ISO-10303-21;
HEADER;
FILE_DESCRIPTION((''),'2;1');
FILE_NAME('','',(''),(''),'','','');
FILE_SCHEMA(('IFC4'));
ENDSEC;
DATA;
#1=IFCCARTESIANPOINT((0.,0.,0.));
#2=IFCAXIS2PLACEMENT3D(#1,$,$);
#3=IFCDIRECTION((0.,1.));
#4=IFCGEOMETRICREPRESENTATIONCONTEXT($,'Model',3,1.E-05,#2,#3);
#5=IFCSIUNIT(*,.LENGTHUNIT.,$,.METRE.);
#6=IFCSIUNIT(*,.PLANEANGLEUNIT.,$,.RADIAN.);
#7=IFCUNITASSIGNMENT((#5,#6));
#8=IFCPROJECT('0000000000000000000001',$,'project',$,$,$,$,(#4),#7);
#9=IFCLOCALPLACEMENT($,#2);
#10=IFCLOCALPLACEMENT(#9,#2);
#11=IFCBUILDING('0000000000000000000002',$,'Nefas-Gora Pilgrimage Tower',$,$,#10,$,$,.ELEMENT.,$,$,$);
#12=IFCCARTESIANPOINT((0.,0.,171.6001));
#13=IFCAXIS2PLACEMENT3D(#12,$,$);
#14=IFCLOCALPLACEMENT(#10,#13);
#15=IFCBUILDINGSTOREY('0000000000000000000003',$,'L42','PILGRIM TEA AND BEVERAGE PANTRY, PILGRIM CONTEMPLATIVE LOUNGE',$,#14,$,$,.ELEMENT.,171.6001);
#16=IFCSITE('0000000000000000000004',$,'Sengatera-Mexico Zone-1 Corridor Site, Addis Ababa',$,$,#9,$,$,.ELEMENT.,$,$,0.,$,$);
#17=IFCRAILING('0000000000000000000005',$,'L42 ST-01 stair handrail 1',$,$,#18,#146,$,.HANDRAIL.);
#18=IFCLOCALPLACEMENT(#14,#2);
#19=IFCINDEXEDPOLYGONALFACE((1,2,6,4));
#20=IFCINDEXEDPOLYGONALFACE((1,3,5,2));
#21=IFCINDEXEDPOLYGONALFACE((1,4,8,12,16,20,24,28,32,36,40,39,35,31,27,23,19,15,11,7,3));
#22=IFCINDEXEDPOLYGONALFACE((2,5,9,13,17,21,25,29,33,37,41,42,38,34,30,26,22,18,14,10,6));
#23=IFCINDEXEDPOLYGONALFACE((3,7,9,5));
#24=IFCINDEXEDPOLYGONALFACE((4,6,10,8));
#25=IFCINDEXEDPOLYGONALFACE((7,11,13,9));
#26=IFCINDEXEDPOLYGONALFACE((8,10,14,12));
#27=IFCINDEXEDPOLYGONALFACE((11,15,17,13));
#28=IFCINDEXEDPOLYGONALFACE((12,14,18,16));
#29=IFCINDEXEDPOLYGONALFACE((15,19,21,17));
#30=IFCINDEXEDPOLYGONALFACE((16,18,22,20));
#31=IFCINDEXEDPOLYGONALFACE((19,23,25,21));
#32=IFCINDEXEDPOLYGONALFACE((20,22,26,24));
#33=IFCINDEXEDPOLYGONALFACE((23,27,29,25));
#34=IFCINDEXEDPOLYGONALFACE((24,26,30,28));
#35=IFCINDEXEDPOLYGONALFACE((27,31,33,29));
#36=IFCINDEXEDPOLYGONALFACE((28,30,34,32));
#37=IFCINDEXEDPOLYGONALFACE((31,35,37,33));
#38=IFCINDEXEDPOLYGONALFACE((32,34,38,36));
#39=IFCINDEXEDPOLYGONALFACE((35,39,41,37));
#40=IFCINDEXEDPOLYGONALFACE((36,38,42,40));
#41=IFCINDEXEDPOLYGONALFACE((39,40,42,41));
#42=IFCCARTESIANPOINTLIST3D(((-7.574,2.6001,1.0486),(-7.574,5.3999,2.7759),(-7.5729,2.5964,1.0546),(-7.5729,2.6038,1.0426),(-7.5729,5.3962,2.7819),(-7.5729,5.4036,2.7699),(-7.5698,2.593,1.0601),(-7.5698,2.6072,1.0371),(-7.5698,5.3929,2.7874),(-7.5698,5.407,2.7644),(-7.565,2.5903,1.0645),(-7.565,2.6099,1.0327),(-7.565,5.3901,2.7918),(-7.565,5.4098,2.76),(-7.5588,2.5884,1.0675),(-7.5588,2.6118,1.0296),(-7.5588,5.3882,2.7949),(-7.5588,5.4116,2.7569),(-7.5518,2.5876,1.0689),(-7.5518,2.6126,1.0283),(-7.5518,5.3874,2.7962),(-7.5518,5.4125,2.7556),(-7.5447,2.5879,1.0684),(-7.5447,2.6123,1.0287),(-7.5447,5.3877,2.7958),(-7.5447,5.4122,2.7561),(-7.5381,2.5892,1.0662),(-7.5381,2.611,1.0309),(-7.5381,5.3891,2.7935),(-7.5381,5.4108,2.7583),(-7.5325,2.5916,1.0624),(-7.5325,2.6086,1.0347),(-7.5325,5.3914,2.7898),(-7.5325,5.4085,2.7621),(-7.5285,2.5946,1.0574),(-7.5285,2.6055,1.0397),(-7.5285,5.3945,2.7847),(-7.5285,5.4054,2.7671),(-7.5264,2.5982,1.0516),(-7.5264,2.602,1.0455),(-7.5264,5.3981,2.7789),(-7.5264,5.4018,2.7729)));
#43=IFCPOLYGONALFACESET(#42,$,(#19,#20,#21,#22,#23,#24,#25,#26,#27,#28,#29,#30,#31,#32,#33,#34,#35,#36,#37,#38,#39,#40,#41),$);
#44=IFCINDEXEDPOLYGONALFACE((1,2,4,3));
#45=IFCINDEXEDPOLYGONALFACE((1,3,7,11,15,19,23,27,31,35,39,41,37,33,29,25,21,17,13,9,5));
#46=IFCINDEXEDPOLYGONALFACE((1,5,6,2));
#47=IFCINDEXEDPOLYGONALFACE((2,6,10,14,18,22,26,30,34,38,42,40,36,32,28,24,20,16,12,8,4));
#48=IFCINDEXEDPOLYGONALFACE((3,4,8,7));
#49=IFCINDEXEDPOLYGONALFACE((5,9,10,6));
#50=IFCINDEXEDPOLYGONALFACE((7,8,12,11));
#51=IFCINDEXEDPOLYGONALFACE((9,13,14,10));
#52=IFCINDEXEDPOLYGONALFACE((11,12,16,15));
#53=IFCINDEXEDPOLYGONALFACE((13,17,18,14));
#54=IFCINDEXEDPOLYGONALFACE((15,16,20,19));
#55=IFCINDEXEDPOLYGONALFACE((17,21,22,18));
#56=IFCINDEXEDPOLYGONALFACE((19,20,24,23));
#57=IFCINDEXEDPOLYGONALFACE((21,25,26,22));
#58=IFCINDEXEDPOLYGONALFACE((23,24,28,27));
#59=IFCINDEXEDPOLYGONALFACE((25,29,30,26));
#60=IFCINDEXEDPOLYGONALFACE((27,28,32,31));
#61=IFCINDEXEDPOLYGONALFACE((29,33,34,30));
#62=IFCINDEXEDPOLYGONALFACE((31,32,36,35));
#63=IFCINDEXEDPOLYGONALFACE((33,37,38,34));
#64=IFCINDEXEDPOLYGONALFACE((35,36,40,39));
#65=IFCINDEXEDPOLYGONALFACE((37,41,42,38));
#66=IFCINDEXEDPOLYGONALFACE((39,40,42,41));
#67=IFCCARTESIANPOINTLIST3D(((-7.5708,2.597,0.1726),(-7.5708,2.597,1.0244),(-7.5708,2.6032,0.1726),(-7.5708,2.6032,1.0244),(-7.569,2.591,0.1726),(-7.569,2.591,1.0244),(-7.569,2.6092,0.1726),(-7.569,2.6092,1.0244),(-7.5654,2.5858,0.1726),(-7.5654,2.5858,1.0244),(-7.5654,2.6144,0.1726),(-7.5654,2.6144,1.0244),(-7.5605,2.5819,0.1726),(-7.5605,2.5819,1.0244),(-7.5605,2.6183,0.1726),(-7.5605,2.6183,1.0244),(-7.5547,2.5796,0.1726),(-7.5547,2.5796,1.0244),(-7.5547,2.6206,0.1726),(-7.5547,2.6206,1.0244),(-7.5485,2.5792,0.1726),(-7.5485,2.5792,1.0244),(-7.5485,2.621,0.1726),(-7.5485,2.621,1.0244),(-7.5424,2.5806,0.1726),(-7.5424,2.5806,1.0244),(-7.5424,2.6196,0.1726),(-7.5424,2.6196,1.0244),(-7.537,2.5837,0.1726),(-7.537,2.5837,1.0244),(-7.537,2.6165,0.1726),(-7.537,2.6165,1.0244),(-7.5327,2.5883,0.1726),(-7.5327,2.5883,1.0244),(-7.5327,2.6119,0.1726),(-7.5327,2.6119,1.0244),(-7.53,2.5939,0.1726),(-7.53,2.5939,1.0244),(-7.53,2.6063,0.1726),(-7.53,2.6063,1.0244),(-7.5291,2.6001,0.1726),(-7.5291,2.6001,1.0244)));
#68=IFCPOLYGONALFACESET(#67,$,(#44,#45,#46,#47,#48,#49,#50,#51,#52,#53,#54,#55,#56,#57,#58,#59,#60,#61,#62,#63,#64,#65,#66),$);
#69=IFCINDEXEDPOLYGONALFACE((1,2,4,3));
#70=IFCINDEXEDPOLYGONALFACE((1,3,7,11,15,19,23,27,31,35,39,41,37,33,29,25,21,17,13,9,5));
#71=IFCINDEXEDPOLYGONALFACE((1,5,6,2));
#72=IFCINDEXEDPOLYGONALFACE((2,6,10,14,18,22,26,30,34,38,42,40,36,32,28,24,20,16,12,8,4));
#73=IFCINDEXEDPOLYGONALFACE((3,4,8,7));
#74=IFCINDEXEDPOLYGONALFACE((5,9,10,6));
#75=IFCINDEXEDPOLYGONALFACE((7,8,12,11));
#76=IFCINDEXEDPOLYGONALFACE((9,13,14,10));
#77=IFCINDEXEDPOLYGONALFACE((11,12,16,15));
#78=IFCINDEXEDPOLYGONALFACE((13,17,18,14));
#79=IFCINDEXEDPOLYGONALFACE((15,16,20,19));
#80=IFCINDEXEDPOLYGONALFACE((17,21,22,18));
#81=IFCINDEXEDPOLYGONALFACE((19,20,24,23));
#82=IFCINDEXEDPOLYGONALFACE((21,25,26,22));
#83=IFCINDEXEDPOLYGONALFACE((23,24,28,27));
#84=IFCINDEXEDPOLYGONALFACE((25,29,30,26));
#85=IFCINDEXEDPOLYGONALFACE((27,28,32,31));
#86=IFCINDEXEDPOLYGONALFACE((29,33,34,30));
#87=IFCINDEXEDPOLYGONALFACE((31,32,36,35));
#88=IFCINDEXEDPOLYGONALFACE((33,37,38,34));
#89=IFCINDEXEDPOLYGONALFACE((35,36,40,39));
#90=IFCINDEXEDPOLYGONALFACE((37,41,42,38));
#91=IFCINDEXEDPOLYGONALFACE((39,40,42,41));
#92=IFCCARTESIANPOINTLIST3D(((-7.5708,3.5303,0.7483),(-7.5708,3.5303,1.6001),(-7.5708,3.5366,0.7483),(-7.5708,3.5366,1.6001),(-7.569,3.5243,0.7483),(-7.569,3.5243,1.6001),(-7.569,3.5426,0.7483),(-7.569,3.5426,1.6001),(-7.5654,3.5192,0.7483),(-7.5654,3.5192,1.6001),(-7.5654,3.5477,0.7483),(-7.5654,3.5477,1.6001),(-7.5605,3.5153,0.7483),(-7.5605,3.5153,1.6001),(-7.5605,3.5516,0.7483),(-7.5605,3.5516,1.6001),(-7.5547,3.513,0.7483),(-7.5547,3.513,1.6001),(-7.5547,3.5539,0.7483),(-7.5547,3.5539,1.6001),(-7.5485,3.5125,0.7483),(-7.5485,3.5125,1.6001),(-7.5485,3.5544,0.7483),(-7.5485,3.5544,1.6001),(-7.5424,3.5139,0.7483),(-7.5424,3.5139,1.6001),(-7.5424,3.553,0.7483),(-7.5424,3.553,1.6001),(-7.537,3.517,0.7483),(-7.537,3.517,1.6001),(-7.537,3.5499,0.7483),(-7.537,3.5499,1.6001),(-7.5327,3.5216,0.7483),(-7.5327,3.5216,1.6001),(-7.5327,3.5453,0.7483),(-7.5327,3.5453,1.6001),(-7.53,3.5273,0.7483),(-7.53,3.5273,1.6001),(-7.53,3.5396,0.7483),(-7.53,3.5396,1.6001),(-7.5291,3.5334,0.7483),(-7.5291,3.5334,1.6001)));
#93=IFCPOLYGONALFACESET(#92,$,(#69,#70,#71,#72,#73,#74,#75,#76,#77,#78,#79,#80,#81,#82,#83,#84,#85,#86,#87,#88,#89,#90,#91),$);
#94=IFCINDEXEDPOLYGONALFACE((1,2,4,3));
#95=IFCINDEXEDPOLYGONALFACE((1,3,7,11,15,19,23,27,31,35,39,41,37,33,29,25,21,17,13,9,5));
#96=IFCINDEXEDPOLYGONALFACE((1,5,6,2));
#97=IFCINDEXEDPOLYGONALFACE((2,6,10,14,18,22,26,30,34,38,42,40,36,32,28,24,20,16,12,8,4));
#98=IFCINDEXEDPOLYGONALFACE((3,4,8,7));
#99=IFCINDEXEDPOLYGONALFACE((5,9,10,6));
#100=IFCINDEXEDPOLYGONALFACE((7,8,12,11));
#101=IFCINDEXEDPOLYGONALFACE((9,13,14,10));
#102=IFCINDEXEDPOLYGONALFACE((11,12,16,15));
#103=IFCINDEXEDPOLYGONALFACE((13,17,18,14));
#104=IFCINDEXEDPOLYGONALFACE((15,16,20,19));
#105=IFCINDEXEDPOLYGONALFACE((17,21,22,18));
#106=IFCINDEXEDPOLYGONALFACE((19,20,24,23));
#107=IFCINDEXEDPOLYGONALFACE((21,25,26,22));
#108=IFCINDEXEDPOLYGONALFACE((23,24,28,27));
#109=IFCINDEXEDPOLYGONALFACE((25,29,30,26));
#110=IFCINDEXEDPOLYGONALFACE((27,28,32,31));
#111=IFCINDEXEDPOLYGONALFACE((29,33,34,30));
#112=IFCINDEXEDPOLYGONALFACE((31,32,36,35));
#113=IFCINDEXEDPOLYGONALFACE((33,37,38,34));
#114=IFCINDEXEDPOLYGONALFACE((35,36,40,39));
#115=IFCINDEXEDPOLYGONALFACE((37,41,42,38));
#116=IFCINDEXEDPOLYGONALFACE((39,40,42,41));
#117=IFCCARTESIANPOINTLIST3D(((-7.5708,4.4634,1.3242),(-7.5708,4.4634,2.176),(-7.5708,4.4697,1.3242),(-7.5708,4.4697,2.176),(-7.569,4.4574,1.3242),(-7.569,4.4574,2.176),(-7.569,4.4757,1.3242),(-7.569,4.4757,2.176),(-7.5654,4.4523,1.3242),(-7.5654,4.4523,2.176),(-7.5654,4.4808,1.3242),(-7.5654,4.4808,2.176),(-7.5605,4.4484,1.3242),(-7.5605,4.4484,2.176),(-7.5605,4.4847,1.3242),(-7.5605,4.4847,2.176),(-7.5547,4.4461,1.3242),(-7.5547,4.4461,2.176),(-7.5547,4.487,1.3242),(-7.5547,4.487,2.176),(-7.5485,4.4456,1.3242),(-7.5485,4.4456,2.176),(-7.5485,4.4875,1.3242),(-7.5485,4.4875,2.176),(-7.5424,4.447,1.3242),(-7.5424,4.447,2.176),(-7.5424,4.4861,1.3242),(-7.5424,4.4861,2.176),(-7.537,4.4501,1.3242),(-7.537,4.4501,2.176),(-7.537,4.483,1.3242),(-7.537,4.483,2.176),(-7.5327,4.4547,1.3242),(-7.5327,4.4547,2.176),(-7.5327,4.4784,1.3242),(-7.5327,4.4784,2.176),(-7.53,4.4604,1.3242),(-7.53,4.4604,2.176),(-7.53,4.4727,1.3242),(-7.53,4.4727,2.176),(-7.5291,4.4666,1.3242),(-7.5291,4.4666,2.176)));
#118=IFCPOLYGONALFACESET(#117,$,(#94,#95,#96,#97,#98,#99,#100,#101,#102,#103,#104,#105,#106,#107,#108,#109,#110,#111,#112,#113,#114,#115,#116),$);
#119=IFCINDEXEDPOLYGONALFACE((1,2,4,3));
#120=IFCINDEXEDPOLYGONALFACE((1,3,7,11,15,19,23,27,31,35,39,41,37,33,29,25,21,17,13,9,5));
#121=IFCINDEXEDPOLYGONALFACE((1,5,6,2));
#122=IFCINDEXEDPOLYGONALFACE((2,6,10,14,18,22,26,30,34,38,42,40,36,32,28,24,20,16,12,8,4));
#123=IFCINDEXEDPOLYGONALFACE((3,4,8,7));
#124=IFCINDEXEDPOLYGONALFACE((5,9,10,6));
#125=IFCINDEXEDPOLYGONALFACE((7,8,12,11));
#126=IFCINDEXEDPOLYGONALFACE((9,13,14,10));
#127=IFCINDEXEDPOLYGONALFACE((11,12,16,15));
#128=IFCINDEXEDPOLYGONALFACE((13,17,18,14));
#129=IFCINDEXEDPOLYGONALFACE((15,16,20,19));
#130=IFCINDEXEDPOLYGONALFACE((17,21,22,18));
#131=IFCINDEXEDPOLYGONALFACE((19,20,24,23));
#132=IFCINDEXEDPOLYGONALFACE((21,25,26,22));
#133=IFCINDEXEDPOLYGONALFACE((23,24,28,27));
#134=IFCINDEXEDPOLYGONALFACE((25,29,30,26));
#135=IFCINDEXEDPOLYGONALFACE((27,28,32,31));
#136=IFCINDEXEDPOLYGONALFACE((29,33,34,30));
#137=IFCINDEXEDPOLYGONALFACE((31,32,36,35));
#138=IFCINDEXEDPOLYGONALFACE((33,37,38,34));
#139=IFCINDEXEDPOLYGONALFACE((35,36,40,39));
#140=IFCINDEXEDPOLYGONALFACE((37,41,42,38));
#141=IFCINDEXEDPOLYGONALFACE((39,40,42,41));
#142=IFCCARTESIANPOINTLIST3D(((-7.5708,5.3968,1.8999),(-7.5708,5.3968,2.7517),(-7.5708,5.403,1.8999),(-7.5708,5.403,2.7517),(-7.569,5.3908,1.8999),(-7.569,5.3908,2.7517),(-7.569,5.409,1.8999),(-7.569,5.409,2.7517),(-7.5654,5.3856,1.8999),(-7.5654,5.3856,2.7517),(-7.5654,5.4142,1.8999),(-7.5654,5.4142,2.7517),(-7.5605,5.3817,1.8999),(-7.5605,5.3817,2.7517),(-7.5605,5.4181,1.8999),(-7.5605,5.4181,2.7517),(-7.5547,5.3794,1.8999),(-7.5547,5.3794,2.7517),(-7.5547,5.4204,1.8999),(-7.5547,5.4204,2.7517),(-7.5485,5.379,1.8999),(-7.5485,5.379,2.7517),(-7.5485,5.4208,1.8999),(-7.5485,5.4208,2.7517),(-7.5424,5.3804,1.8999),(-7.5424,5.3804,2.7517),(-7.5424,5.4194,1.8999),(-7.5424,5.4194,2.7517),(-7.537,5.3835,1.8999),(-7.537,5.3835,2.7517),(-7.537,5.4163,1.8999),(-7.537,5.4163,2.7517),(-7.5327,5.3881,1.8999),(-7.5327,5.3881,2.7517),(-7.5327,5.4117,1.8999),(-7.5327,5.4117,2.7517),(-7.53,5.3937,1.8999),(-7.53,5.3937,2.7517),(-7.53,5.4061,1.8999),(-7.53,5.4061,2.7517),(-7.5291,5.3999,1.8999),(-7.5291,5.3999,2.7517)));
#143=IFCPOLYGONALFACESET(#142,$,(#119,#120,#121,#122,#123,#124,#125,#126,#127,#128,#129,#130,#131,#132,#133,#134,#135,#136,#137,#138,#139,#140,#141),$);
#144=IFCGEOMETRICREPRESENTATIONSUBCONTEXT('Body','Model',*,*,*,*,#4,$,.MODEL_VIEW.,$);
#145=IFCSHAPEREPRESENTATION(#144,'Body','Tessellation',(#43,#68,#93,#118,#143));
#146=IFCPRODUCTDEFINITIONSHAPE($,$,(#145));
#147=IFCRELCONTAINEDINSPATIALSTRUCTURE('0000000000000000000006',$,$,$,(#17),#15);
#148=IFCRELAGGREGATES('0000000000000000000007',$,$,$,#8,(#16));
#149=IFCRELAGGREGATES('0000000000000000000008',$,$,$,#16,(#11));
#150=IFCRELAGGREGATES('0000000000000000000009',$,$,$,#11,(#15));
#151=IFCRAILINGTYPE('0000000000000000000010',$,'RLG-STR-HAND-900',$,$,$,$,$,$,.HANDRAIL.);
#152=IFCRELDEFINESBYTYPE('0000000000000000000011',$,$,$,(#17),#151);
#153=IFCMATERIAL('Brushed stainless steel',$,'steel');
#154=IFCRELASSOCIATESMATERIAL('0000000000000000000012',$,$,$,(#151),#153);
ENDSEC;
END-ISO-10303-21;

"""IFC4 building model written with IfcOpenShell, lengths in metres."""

from ifc_helpers import new_model, si_unit, direction, frame, origin, origin_2d, place, context, subcontext, project, spatial, circle, extrude, material, type_object, element, save


model = new_model("IFC4")

# Units and contexts
model_context = context("Model", 3, precision=1e-05, world=origin(), true_north=direction((0.0, 1.0)))
body_context = subcontext(model_context, "Body", "Model", "MODEL_VIEW")
ifc_project = project(units=[si_unit("LENGTHUNIT", "METRE"), si_unit("PLANEANGLEUNIT", "RADIAN")], contexts=[model_context])

# Site, building, storey
site_placement = place(None, origin())
site = spatial("IfcSite", under=ifc_project, at=site_placement, Name="Sengatera-Mexico Zone-1 Corridor Site, Addis Ababa", CompositionType="ELEMENT", RefElevation=0.0)
building_placement = place(site_placement, origin())
building = spatial("IfcBuilding", under=site, at=building_placement, Name="Nefas-Gora Pilgrimage Tower", CompositionType="ELEMENT")
storey_placement = place(building_placement, frame((0.0, 0.0, 171.6001)))
storey = spatial("IfcBuildingStorey", under=building, at=storey_placement, Name="L42", Description="PILGRIM TEA AND BEVERAGE PANTRY, PILGRIM CONTEMPLATIVE LOUNGE", CompositionType="ELEMENT", Elevation=171.6001)

# Railing
ifc_material_1 = material(Name="Brushed stainless steel", Category="steel")
railing_type_1 = type_object("IfcRailingType", Name="RLG-STR-HAND-900", PredefinedType="HANDRAIL", material=ifc_material_1)
railing_1_placement = place(storey_placement, frame((-7.55, 2.6001, 0.1726)))
element("IfcRailing", 1, at=railing_1_placement, inside=storey, type_object=railing_type_1, Name="L42 ST-01 stair handrail 1", PredefinedType="HANDRAIL", context=body_context, shape_type="SweptSolid", body=[
    extrude(circle(Radius=0.0239, at=origin_2d()), frame((0.0, 0.0, 0.876), z_axis=(0.0, 0.851069, 0.525054), x_axis=(-1.0, 0.0, 0.0)), (0.0, 0.0, 1.0), 3.2898),
    extrude(circle(Radius=0.021, at=origin_2d()), origin(), (0.0, 0.0, 1.0), 0.8518),
    extrude(circle(Radius=0.021, at=origin_2d()), frame((0.0, 0.9333, 0.5757)), (0.0, 0.0, 1.0), 0.8518),
    extrude(circle(Radius=0.021, at=origin_2d()), frame((0.0, 1.8665, 1.1516)), (0.0, 0.0, 1.0), 0.8518),
    extrude(circle(Radius=0.021, at=origin_2d()), frame((0.0, 2.7998, 1.7273)), (0.0, 0.0, 1.0), 0.8518),
])

save(model, "model.ifc")
